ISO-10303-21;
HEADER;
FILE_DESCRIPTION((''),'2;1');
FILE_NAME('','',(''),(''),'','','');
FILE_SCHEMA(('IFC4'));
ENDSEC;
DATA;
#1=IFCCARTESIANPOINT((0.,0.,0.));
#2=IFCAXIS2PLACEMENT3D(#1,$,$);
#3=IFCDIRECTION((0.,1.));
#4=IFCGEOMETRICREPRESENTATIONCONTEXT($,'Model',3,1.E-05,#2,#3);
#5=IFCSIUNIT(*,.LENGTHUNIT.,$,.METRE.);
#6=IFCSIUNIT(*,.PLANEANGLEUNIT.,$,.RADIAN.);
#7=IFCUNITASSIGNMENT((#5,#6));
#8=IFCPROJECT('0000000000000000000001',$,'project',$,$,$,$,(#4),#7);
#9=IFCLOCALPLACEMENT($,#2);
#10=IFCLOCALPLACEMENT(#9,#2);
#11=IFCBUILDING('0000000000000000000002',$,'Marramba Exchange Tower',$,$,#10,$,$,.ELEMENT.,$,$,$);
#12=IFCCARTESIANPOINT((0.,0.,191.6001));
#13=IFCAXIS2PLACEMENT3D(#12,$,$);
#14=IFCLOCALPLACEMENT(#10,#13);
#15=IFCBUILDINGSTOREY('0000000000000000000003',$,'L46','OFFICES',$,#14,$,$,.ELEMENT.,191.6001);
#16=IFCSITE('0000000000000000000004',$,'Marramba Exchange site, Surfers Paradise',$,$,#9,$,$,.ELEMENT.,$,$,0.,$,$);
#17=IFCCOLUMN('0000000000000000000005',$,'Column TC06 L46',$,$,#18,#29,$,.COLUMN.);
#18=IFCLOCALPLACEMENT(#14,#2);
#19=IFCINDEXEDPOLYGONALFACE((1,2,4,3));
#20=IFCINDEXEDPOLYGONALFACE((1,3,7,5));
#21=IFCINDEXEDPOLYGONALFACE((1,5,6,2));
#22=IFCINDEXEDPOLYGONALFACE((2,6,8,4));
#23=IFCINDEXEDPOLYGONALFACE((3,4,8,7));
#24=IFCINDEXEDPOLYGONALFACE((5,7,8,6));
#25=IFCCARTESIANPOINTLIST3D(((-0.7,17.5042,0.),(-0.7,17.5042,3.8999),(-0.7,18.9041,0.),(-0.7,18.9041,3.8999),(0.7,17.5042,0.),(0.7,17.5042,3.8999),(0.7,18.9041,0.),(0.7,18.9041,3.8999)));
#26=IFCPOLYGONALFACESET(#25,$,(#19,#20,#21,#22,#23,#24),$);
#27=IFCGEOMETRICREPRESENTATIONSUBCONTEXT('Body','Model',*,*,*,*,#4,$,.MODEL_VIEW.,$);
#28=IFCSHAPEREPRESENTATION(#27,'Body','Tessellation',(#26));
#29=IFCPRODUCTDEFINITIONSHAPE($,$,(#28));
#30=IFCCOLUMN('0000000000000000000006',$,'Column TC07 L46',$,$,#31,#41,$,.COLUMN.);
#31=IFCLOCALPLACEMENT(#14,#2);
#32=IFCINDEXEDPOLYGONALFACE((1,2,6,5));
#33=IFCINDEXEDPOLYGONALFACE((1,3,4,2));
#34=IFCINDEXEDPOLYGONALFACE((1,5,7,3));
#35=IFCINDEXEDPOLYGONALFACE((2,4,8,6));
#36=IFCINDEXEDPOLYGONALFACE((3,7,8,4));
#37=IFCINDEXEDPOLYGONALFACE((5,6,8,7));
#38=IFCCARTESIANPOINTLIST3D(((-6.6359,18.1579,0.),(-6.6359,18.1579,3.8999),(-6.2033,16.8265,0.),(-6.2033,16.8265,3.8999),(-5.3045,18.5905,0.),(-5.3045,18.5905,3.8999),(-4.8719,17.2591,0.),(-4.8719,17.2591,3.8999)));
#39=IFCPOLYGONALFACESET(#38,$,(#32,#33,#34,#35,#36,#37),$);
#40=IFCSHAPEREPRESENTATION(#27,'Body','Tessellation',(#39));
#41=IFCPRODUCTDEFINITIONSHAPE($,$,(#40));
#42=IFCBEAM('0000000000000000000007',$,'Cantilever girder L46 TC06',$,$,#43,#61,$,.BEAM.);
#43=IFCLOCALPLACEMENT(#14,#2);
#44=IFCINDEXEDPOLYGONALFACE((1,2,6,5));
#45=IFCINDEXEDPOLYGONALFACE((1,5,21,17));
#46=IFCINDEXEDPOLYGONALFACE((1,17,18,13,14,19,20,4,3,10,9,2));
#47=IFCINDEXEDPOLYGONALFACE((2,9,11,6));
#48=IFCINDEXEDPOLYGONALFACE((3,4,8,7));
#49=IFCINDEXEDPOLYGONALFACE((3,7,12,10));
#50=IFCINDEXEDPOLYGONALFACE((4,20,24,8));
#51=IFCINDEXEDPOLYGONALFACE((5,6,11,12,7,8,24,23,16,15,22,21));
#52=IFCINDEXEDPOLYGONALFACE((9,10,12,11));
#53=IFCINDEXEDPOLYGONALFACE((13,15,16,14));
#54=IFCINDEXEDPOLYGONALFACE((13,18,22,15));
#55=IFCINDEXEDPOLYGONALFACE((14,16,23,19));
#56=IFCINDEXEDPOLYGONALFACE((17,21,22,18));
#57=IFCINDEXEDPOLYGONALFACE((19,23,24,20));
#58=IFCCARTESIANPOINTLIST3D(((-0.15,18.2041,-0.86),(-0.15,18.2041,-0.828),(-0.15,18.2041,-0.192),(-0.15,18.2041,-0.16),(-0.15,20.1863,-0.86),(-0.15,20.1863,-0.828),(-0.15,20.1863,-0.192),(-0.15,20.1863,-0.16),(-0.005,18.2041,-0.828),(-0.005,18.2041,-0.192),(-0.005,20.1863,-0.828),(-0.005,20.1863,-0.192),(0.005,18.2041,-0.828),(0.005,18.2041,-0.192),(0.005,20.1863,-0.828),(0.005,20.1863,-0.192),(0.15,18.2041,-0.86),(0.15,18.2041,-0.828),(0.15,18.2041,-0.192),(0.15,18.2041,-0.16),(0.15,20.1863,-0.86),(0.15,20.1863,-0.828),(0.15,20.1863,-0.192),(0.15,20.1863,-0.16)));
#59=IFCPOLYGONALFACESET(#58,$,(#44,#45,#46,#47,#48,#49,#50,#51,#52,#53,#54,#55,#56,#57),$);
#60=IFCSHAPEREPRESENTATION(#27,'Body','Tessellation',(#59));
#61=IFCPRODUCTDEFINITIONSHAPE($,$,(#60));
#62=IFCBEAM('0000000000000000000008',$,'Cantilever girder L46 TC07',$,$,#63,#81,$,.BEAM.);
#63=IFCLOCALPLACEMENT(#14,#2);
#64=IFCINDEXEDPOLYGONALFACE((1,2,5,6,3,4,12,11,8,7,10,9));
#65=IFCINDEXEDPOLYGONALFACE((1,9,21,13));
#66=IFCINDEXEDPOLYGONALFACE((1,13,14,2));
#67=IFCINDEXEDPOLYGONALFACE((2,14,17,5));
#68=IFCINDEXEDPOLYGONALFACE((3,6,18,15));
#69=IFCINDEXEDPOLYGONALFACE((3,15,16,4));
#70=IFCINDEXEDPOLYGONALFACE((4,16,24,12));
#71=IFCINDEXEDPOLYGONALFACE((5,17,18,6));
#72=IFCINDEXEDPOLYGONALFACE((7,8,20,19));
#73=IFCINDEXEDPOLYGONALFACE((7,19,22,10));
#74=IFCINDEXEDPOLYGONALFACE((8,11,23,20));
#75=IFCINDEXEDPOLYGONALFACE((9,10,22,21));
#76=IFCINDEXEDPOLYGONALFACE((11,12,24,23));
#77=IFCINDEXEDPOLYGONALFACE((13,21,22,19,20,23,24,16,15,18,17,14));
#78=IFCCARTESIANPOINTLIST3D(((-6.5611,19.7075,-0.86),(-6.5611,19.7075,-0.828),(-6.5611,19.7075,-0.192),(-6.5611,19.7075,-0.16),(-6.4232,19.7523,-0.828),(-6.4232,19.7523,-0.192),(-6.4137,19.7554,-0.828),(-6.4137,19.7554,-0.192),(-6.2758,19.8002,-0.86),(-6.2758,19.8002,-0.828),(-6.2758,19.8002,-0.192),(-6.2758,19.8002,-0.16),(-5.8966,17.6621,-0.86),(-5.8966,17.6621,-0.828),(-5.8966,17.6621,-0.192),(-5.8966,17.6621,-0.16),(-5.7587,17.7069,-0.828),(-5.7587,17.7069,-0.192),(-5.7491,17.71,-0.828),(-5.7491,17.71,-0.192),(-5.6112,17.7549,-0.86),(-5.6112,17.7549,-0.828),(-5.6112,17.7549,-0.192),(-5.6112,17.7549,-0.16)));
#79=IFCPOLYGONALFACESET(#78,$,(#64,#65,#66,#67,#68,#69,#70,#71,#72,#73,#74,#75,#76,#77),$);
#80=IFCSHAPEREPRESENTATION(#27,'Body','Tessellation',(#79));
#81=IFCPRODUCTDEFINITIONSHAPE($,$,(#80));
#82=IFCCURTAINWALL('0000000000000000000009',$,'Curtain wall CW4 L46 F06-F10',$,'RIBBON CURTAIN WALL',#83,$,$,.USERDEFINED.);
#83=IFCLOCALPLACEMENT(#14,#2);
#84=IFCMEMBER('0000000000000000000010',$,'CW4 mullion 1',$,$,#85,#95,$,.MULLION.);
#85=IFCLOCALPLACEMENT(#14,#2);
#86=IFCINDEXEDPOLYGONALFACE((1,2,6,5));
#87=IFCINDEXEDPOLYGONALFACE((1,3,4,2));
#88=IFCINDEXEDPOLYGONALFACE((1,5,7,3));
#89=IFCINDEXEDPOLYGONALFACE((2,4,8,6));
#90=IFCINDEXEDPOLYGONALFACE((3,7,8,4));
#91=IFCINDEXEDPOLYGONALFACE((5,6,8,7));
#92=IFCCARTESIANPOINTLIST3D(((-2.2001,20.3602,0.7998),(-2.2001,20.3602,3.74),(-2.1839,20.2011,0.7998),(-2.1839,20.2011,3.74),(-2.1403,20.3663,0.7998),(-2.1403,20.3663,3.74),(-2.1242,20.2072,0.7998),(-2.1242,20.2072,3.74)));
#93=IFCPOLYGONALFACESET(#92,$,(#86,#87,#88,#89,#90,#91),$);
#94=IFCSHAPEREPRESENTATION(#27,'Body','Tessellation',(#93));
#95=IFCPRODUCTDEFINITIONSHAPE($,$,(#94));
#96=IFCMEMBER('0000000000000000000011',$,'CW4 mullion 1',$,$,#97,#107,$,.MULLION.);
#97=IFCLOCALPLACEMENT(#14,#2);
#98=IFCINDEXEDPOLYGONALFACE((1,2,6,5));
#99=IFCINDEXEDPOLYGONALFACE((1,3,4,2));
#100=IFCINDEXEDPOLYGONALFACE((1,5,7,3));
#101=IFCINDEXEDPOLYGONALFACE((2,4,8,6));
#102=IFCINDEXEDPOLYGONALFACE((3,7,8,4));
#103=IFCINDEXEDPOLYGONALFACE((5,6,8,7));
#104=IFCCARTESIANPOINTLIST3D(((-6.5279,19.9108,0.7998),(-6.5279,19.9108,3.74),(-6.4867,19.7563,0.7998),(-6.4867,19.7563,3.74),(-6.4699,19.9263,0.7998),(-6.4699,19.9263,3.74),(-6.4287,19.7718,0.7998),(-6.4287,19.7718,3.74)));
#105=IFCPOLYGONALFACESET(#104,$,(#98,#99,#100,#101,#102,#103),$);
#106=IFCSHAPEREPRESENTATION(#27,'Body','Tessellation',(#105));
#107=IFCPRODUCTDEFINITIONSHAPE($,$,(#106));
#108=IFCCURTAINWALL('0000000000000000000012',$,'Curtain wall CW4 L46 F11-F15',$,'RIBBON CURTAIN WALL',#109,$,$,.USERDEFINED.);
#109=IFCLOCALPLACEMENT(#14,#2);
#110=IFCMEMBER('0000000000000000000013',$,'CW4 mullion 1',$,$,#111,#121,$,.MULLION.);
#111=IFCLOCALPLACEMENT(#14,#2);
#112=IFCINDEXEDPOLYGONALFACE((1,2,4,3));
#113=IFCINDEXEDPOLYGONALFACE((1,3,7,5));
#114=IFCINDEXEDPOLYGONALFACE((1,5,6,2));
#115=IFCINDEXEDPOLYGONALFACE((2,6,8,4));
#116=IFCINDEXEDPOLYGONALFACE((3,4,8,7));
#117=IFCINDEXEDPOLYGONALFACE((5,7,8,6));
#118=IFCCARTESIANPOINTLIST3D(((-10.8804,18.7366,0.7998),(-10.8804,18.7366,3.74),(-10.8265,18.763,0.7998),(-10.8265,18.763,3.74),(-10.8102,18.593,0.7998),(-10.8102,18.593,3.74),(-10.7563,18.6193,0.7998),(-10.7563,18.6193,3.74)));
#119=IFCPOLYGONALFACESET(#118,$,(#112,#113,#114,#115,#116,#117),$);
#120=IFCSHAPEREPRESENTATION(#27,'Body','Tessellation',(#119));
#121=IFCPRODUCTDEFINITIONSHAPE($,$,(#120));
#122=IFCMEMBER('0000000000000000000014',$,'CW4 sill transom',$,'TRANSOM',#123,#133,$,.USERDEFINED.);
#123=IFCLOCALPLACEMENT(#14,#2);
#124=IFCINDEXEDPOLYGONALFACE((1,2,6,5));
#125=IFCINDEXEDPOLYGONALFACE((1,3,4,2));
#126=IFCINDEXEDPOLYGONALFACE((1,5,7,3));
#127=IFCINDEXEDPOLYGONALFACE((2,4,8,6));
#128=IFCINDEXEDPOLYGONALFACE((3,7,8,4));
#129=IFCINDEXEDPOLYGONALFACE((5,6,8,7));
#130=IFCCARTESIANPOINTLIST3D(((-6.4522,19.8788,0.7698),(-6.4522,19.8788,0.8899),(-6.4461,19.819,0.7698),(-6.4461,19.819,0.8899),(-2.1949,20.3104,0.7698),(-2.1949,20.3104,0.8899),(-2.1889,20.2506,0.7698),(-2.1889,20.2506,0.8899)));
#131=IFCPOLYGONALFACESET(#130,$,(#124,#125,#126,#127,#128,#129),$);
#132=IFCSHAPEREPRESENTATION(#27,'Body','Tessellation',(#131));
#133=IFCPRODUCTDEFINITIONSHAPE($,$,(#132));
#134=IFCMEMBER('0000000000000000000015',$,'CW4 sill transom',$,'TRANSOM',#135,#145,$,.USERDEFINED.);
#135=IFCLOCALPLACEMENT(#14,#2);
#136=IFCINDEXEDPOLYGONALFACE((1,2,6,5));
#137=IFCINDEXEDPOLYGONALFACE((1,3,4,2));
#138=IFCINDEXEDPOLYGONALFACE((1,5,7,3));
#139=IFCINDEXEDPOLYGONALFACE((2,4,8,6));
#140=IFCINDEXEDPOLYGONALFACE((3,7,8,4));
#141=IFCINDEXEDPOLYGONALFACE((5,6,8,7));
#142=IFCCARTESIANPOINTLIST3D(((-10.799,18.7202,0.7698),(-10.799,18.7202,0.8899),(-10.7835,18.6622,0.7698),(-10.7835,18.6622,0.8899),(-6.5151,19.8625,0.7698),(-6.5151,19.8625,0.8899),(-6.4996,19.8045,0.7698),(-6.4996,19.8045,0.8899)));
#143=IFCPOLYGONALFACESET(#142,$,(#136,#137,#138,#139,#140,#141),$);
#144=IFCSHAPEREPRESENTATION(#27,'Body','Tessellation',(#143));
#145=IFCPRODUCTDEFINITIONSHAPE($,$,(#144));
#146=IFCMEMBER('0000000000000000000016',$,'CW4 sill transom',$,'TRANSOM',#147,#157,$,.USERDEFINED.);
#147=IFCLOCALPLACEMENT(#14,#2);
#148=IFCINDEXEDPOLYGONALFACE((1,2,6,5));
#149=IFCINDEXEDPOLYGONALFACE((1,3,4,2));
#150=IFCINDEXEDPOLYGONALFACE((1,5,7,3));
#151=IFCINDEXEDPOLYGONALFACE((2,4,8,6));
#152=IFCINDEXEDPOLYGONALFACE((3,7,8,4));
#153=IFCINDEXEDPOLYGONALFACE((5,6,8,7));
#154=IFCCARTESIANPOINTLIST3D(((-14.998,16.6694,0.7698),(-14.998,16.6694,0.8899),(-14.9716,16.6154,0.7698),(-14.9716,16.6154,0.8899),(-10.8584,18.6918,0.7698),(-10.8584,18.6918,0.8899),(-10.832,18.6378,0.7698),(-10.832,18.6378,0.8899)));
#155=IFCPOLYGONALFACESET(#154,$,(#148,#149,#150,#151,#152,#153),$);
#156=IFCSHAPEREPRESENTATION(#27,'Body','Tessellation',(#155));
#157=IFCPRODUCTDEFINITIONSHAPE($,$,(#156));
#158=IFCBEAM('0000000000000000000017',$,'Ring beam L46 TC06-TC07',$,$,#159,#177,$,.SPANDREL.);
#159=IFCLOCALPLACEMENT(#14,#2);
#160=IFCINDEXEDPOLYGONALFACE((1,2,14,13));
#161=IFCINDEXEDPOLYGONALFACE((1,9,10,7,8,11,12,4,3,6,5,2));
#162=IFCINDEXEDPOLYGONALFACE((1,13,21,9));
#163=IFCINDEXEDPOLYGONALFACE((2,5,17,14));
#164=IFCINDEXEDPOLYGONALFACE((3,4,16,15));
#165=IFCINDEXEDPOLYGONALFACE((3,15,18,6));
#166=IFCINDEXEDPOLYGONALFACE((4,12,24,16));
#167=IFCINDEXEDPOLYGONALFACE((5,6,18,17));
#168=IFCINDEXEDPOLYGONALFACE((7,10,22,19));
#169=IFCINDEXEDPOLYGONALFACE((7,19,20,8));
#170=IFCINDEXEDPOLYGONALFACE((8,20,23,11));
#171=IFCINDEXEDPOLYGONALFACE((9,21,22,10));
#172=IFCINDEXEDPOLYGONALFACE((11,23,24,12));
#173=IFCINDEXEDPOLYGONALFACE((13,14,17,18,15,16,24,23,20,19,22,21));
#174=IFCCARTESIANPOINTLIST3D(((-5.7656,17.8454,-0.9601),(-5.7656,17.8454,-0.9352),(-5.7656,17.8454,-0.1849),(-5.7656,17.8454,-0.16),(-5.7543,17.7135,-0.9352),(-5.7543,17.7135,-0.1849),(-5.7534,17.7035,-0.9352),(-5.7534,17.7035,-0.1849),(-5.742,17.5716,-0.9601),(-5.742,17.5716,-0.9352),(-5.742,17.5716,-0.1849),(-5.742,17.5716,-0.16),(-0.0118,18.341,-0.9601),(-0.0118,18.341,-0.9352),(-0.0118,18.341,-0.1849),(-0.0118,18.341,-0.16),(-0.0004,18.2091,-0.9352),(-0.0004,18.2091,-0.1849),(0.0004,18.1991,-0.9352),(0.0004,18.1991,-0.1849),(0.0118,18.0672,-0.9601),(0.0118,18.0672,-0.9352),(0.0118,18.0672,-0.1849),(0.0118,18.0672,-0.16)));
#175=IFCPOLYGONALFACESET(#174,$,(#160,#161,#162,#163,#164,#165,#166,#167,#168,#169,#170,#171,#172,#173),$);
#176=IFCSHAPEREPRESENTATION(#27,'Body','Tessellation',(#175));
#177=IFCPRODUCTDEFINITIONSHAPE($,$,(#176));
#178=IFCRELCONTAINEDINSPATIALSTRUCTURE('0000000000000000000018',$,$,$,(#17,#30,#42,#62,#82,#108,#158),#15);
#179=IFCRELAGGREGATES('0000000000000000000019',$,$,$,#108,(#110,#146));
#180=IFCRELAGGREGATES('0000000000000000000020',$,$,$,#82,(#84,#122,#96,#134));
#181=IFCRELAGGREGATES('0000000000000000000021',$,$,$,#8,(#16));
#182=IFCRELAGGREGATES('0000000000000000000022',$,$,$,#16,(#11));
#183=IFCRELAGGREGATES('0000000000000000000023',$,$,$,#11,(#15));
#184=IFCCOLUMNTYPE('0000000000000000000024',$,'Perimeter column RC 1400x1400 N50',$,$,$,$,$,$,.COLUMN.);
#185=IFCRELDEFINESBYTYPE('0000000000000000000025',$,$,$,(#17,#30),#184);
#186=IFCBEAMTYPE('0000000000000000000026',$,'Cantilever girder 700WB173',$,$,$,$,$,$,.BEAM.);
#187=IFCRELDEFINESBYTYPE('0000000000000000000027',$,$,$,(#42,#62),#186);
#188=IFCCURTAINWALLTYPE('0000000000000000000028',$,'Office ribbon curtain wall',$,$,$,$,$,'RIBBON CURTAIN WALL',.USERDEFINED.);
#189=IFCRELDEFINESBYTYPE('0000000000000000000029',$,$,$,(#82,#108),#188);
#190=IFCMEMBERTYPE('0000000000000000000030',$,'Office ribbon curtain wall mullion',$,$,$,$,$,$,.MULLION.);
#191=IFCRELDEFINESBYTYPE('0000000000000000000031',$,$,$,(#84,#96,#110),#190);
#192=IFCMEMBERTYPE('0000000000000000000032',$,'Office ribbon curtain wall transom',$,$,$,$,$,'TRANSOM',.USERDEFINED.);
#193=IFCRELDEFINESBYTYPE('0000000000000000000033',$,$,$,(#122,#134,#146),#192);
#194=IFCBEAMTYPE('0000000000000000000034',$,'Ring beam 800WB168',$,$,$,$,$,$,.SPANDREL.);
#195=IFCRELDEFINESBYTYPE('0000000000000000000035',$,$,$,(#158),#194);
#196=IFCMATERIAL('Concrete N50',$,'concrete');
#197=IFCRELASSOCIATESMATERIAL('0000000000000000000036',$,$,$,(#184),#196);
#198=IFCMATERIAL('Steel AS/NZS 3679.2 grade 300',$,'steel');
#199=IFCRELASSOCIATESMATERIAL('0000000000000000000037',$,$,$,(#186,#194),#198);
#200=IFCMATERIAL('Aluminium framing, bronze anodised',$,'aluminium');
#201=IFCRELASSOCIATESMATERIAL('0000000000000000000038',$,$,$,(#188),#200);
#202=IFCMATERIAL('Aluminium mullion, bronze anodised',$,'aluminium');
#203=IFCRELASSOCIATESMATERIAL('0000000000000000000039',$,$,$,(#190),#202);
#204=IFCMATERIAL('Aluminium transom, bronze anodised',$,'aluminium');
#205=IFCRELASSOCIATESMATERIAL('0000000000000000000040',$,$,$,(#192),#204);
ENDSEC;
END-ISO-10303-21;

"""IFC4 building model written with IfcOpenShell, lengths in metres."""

from ifc_helpers import new_model, si_unit, direction, frame, origin, origin_2d, place, context, subcontext, project, spatial, rectangle, i_section, extrude, material, material_profile, profile_set, type_object, element, aggregate, save


model = new_model("IFC4")

# Units and contexts
model_context = context("Model", 3, precision=1e-05, world=origin(), true_north=direction((0.0, 1.0)))
body_context = subcontext(model_context, "Body", "Model", "MODEL_VIEW")
ifc_project = project(units=[si_unit("LENGTHUNIT", "METRE"), si_unit("PLANEANGLEUNIT", "RADIAN")], contexts=[model_context])

# Site, building, storey
site_placement = place(None, origin())
site = spatial("IfcSite", under=ifc_project, at=site_placement, Name="Marramba Exchange site, Surfers Paradise", CompositionType="ELEMENT", RefElevation=0.0)
building_placement = place(site_placement, origin())
building = spatial("IfcBuilding", under=site, at=building_placement, Name="Marramba Exchange Tower", CompositionType="ELEMENT")
storey_placement = place(building_placement, frame((0.0, 0.0, 191.6001)))
storey = spatial("IfcBuildingStorey", under=building, at=storey_placement, Name="L46", Description="OFFICES", CompositionType="ELEMENT", Elevation=191.6001)

# Columns
ifc_material_1 = material(Name="Concrete N50", Category="concrete")
ifc_material_profile_1 = material_profile(ifc_material_1, rectangle(XDim=1.3999, YDim=1.3999, at=origin_2d()), Name="RC 1400x1400")
ifc_profile_set_1 = profile_set([ifc_material_profile_1], Name="Concrete N50")
column_type = type_object("IfcColumnType", Name="Perimeter column RC 1400x1400 N50", PredefinedType="COLUMN", material=ifc_profile_set_1)
for number, where, z_axis, x_axis, name in (
    (1, (0.0, 18.2041, 0.0), (0.0, 0.0, 1.0), (0.0, 1.0, 0.0), "Column TC06 L46"),
    (2, (-5.7539, 17.7085, 0.0), (0.0, 0.0, 1.0), (-0.309017, 0.951057, 0.0), "Column TC07 L46"),
):
    element("IfcColumn", number, at=place(storey_placement, frame(where, z_axis=z_axis, x_axis=x_axis)), inside=storey, type_object=column_type, Name=name, PredefinedType="COLUMN", context=body_context, shape_type="SweptSolid", body=[
        extrude(rectangle(XDim=1.3999, YDim=1.3999, at=origin_2d()), origin(), (0.0, 0.0, 1.0), 3.8999),
    ])

# Beams
ifc_material_2 = material(Name="Steel AS/NZS 3679.2 grade 300", Category="steel")
ifc_material_profile_2 = material_profile(ifc_material_2, i_section(OverallWidth=0.3, OverallDepth=0.7, WebThickness=0.01, FlangeThickness=0.032, at=origin_2d()), Name="700WB173")
ifc_profile_set_2 = profile_set([ifc_material_profile_2], Name="Steel AS/NZS 3679.2 grade 300")
beam_type_1 = type_object("IfcBeamType", Name="Cantilever girder 700WB173", PredefinedType="BEAM", material=ifc_profile_set_2)
beam_1_placement = place(storey_placement, frame((0.0, 18.2041, -0.51), z_axis=(0.0, 1.0, 0.0), x_axis=(-1.0, 0.0, 0.0)))
element("IfcBeam", 3, at=beam_1_placement, inside=storey, type_object=beam_type_1, Name="Cantilever girder L46 TC06", PredefinedType="BEAM", context=body_context, shape_type="SweptSolid", body=[
    extrude(i_section(OverallWidth=0.3, OverallDepth=0.7, WebThickness=0.01, FlangeThickness=0.032, at=origin_2d()), origin(), (0.0, 0.0, 1.0), 1.9822),
])
beam_2_placement = place(storey_placement, frame((-5.7539, 17.7085, -0.51), z_axis=(-0.308999, 0.951062, 0.0), x_axis=(-0.951062, -0.308999, 0.0)))
element("IfcBeam", 4, at=beam_2_placement, inside=storey, type_object=beam_type_1, Name="Cantilever girder L46 TC07", PredefinedType="BEAM", context=body_context, shape_type="SweptSolid", body=[
    extrude(i_section(OverallWidth=0.3, OverallDepth=0.7, WebThickness=0.01, FlangeThickness=0.032, at=origin_2d()), origin(), (0.0, 0.0, 1.0), 2.1506),
])

# Curtain wall, members
ifc_material_3 = material(Name="Aluminium framing, bronze anodised", Category="aluminium")
curtain_wall_type = type_object("IfcCurtainWallType", Name="Office ribbon curtain wall", ElementType="RIBBON CURTAIN WALL", PredefinedType="USERDEFINED", material=ifc_material_3)
curtain_wall_1_placement = place(storey_placement, origin())
curtain_wall_1 = element("IfcCurtainWall", 5, at=curtain_wall_1_placement, inside=storey, type_object=curtain_wall_type, Name="Curtain wall CW4 L46 F06-F10", ObjectType="RIBBON CURTAIN WALL", PredefinedType="USERDEFINED")
ifc_material_4 = material(Name="Aluminium mullion, bronze anodised", Category="aluminium")
ifc_material_profile_3 = material_profile(ifc_material_4, rectangle(XDim=0.1599, YDim=0.0601, at=origin_2d()), Name="CW4 mullion 60x160")
ifc_profile_set_3 = profile_set([ifc_material_profile_3], Name="Aluminium mullion, bronze anodised")
member_type_1 = type_object("IfcMemberType", Name="Office ribbon curtain wall mullion", PredefinedType="MULLION", material=ifc_profile_set_3)
member_1_placement = place(storey_placement, frame((-2.1621, 20.2837, 0.7998), z_axis=(0.0, 0.0, 1.0), x_axis=(0.100863, -0.9949, 0.0)))
member_1 = element("IfcMember", 6, at=member_1_placement, type_object=member_type_1, Name="CW4 mullion 1", PredefinedType="MULLION", context=body_context, shape_type="SweptSolid", body=[
    extrude(rectangle(XDim=0.1599, YDim=0.0601, at=origin_2d()), origin(), (0.0, 0.0, 1.0), 2.9402),
])
member_2_placement = place(storey_placement, frame((-6.4783, 19.8413, 0.7998), z_axis=(0.0, 0.0, 1.0), x_axis=(0.257641, -0.966241, 0.0)))
member_2 = element("IfcMember", 7, at=member_2_placement, type_object=member_type_1, Name="CW4 mullion 1", PredefinedType="MULLION", context=body_context, shape_type="SweptSolid", body=[
    extrude(rectangle(XDim=0.1599, YDim=0.0601, at=origin_2d()), origin(), (0.0, 0.0, 1.0), 2.9402),
])

# Curtain wall, member
curtain_wall_2_placement = place(storey_placement, origin())
curtain_wall_2 = element("IfcCurtainWall", 8, at=curtain_wall_2_placement, inside=storey, type_object=curtain_wall_type, Name="Curtain wall CW4 L46 F11-F15", ObjectType="RIBBON CURTAIN WALL", PredefinedType="USERDEFINED")
member_3_placement = place(storey_placement, frame((-10.8184, 18.678, 0.7998), z_axis=(0.0, 0.0, 1.0), x_axis=(0.438972, -0.898501, 0.0)))
member_3 = element("IfcMember", 9, at=member_3_placement, type_object=member_type_1, Name="CW4 mullion 1", PredefinedType="MULLION", context=body_context, shape_type="SweptSolid", body=[
    extrude(rectangle(XDim=0.1599, YDim=0.0601, at=origin_2d()), origin(), (0.0, 0.0, 1.0), 2.9402),
])

# Members
ifc_material_5 = material(Name="Aluminium transom, bronze anodised", Category="aluminium")
ifc_material_profile_4 = material_profile(ifc_material_5, rectangle(XDim=0.0601, YDim=0.1201, at=origin_2d()), Name="CW4 transom 60x120")
ifc_profile_set_4 = profile_set([ifc_material_profile_4], Name="Aluminium transom, bronze anodised")
member_type_2 = type_object("IfcMemberType", Name="Office ribbon curtain wall transom", ElementType="TRANSOM", PredefinedType="USERDEFINED", material=ifc_profile_set_4)
member_4_placement = place(storey_placement, frame((-2.1919, 20.2805, 0.8298), z_axis=(-0.9949, -0.100871, 0.0), x_axis=(0.100871, -0.9949, 0.0)))
member_4 = element("IfcMember", 10, at=member_4_placement, type_object=member_type_2, Name="CW4 sill transom", ObjectType="TRANSOM", PredefinedType="USERDEFINED", context=body_context, shape_type="SweptSolid", body=[
    extrude(rectangle(XDim=0.0601, YDim=0.1201, at=origin_2d()), origin(), (0.0, 0.0, 1.0), 4.2791),
])
member_5_placement = place(storey_placement, frame((-6.5073, 19.8335, 0.8298), z_axis=(-0.966238, -0.257652, 0.0), x_axis=(0.257652, -0.966238, 0.0)))
member_5 = element("IfcMember", 11, at=member_5_placement, type_object=member_type_2, Name="CW4 sill transom", ObjectType="TRANSOM", PredefinedType="USERDEFINED", context=body_context, shape_type="SweptSolid", body=[
    extrude(rectangle(XDim=0.0601, YDim=0.1201, at=origin_2d()), origin(), (0.0, 0.0, 1.0), 4.4336),
])
member_6_placement = place(storey_placement, frame((-10.8452, 18.6648, 0.8298), z_axis=(-0.898501, -0.438971, 0.0), x_axis=(0.438971, -0.898501, 0.0)))
member_6 = element("IfcMember", 12, at=member_6_placement, type_object=member_type_2, Name="CW4 sill transom", ObjectType="TRANSOM", PredefinedType="USERDEFINED", context=body_context, shape_type="SweptSolid", body=[
    extrude(rectangle(XDim=0.0601, YDim=0.1201, at=origin_2d()), origin(), (0.0, 0.0, 1.0), 4.6072),
])
aggregate(curtain_wall_2, [member_3, member_6])

# Beam
ifc_material_profile_5 = material_profile(ifc_material_2, i_section(OverallWidth=0.2749, OverallDepth=0.8, WebThickness=0.01, FlangeThickness=0.0249, at=origin_2d()), Name="800WB168")
ifc_profile_set_5 = profile_set([ifc_material_profile_5], Name="Steel AS/NZS 3679.2 grade 300")
beam_type_2 = type_object("IfcBeamType", Name="Ring beam 800WB168", PredefinedType="SPANDREL", material=ifc_profile_set_5)
beam_3_placement = place(storey_placement, frame((0.0, 18.2041, -0.5601), z_axis=(-0.996311, -0.085816, 0.0), x_axis=(0.085816, -0.996311, 0.0)))
element("IfcBeam", 13, at=beam_3_placement, inside=storey, type_object=beam_type_2, Name="Ring beam L46 TC06-TC07", PredefinedType="SPANDREL", context=body_context, shape_type="SweptSolid", body=[
    extrude(i_section(OverallWidth=0.2749, OverallDepth=0.8, WebThickness=0.01, FlangeThickness=0.0249, at=origin_2d()), origin(), (0.0, 0.0, 1.0), 5.7751),
])

aggregate(curtain_wall_1, [member_1, member_4, member_2, member_5])

save(model, "model.ifc")
